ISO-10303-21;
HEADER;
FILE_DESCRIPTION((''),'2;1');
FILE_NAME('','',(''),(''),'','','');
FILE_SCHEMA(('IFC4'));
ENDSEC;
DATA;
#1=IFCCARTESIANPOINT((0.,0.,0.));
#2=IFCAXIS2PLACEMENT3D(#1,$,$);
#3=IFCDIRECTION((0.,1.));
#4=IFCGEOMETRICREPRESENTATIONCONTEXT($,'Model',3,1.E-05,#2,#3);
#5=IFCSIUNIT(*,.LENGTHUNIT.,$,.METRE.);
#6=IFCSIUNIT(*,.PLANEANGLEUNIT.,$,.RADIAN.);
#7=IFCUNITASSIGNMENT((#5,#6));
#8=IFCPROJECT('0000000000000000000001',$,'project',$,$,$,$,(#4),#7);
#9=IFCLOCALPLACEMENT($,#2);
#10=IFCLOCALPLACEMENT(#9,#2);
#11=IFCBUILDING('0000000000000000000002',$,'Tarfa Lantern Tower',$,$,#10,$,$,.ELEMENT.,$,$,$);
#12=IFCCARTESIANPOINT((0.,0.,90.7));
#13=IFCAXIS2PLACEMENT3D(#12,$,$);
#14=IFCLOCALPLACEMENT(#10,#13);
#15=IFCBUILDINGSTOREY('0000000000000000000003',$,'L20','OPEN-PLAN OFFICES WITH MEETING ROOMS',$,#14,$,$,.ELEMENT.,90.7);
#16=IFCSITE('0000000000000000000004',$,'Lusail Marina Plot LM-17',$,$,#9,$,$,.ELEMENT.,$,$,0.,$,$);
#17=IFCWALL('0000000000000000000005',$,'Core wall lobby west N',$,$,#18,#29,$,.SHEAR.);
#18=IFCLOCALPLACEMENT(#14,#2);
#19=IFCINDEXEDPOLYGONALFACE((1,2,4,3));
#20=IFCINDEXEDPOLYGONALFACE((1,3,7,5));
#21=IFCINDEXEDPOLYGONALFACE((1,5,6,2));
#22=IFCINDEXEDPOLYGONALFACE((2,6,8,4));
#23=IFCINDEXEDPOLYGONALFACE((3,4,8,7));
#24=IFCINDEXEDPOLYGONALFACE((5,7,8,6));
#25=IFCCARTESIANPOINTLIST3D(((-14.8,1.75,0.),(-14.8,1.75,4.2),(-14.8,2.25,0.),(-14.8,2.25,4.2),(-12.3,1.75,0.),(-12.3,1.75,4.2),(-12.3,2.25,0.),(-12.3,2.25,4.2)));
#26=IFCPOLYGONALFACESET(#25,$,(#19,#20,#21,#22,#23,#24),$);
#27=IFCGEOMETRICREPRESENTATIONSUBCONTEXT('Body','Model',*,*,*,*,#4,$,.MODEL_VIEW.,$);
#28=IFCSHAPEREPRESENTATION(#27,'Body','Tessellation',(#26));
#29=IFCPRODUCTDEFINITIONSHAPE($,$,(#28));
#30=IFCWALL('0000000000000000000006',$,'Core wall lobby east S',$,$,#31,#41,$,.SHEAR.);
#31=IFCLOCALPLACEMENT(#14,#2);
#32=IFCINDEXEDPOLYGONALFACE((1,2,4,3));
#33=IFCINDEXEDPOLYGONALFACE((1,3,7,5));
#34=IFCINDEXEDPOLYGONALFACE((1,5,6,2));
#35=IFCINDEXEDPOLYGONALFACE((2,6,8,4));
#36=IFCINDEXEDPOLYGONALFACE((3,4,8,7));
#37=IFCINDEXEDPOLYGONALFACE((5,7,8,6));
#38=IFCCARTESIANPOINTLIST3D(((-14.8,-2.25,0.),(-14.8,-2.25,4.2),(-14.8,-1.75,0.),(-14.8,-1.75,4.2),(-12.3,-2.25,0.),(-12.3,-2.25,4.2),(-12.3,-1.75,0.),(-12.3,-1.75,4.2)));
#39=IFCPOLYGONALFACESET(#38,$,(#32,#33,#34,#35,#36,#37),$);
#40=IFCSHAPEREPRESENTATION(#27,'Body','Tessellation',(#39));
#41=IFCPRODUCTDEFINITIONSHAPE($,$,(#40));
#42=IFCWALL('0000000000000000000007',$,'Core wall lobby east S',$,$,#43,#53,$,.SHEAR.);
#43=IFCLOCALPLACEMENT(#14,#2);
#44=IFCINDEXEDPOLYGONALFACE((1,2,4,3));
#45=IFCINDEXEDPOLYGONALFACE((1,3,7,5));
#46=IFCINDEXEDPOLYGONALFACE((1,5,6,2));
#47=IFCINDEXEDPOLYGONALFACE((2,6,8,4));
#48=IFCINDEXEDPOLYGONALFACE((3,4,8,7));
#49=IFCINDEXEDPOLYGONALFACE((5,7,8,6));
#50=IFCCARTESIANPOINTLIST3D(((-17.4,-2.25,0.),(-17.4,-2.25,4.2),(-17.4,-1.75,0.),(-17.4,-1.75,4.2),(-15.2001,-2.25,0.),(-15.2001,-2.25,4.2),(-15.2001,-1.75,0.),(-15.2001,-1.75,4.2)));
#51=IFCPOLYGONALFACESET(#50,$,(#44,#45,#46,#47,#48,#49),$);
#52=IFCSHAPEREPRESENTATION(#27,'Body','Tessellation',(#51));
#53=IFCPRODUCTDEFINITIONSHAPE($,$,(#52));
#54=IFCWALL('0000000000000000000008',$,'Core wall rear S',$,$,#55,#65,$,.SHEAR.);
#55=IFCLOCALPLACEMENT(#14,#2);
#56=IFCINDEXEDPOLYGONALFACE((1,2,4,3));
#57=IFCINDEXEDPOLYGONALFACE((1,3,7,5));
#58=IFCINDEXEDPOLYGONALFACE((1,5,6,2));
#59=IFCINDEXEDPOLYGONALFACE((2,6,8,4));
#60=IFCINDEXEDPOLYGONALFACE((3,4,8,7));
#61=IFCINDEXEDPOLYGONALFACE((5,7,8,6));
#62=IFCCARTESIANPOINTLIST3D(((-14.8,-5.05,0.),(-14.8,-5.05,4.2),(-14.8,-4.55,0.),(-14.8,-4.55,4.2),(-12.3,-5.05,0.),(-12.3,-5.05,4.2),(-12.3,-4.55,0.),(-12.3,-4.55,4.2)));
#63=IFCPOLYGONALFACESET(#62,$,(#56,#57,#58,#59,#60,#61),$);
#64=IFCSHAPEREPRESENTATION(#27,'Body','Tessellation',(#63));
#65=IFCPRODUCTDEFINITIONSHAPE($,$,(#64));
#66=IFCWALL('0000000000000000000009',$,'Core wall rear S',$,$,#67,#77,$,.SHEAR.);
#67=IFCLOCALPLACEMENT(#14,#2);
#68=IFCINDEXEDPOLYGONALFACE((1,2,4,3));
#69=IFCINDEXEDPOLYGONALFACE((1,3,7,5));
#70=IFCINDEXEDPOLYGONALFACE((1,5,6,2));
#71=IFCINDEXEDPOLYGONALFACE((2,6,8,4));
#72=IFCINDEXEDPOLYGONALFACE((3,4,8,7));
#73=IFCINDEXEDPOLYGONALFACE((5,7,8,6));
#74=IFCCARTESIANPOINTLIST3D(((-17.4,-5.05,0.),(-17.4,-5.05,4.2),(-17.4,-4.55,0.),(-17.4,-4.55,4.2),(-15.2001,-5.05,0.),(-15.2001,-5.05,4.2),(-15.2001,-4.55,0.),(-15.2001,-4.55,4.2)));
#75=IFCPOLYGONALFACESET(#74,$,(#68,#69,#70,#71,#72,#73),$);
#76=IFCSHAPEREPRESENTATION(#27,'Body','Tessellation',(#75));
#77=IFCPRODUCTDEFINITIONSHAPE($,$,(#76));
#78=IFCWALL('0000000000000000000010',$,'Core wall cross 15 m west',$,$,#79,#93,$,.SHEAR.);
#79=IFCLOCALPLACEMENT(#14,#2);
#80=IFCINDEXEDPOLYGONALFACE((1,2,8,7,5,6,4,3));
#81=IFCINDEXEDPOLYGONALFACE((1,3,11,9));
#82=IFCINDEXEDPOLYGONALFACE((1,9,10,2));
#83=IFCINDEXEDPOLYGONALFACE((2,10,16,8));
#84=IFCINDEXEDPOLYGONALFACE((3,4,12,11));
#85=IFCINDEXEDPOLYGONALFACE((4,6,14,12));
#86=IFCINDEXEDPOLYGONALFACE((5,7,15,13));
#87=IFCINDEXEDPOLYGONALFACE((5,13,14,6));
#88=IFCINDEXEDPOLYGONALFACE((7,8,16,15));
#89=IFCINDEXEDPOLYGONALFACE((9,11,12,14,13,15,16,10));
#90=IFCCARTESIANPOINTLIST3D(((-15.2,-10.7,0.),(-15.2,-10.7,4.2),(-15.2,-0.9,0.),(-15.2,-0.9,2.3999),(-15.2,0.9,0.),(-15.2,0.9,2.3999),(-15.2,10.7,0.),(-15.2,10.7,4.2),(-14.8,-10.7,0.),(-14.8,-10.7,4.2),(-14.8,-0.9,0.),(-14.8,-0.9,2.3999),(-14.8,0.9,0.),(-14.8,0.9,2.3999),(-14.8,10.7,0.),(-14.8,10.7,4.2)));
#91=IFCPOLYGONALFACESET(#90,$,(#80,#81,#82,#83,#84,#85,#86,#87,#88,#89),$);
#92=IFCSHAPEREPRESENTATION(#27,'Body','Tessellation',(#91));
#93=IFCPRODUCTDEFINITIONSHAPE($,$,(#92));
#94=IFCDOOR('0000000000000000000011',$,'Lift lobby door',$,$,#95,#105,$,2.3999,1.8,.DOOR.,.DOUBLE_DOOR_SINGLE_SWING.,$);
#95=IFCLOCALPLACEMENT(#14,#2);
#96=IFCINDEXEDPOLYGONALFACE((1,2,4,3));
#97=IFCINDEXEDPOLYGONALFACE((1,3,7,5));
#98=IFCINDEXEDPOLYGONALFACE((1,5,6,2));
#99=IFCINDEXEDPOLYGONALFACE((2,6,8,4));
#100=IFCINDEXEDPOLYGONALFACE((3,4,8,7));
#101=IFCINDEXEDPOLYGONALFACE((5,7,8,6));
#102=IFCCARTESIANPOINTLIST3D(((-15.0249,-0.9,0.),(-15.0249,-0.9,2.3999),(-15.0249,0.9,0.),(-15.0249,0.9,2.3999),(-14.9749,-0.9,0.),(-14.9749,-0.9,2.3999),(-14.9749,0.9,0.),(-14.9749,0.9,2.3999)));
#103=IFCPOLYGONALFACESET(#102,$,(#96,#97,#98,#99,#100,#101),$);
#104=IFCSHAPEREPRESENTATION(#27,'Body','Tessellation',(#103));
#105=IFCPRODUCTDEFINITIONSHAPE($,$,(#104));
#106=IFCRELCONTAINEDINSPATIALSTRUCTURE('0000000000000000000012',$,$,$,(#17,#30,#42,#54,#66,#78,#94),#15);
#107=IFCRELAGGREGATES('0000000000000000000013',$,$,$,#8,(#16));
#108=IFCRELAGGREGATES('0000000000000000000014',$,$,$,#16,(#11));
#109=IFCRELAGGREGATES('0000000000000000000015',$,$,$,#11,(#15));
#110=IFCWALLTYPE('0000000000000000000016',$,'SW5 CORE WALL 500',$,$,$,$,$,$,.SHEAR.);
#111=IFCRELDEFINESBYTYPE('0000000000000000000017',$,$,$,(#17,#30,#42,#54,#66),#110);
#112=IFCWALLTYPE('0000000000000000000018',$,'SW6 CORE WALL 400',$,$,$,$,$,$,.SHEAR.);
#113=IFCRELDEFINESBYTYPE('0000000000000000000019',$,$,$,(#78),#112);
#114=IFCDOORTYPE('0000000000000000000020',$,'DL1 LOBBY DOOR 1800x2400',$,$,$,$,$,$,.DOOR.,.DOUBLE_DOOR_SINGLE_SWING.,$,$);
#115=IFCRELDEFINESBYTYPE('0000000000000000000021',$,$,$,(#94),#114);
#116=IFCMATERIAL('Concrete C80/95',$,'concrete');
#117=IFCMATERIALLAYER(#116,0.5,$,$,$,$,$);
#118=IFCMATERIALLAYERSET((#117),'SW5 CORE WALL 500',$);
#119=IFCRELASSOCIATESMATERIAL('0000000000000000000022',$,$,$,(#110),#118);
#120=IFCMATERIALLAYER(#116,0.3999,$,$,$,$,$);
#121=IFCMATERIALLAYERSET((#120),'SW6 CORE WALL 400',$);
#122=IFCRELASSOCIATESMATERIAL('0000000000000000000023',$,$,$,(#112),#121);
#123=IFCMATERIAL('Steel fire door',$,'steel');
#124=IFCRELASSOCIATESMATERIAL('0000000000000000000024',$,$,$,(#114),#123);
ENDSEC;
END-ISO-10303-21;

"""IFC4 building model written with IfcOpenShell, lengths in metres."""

from ifc_helpers import new_model, si_unit, direction, frame, frame_2d, origin, place, context, subcontext, project, spatial, rectangle, extrude, material, layer, layer_set, type_object, element, fill, save


model = new_model("IFC4")

# Units and contexts
model_context = context("Model", 3, precision=1e-05, world=origin(), true_north=direction((0.0, 1.0)))
body_context = subcontext(model_context, "Body", "Model", "MODEL_VIEW")
ifc_project = project(units=[si_unit("LENGTHUNIT", "METRE"), si_unit("PLANEANGLEUNIT", "RADIAN")], contexts=[model_context])

# Site, building, storey
site_placement = place(None, origin())
site = spatial("IfcSite", under=ifc_project, at=site_placement, Name="Lusail Marina Plot LM-17", CompositionType="ELEMENT", RefElevation=0.0)
building_placement = place(site_placement, origin())
building = spatial("IfcBuilding", under=site, at=building_placement, Name="Tarfa Lantern Tower", CompositionType="ELEMENT")
storey_placement = place(building_placement, frame((0.0, 0.0, 90.7)))
storey = spatial("IfcBuildingStorey", under=building, at=storey_placement, Name="L20", Description="OPEN-PLAN OFFICES WITH MEETING ROOMS", CompositionType="ELEMENT", Elevation=90.7)

# Walls
ifc_material_1 = material(Name="Concrete C80/95", Category="concrete")
ifc_layer_1 = layer(ifc_material_1, 0.5)
ifc_layer_set_1 = layer_set([ifc_layer_1], Name="SW5 CORE WALL 500")
wall_type_1 = type_object("IfcWallType", Name="SW5 CORE WALL 500", PredefinedType="SHEAR", material=ifc_layer_set_1)
for number, where, z_axis, x_axis, name in (
    (1, (-14.8, 2.0, 0.0), (0.0, 0.0, 1.0), (1.0, 0.0, 0.0), "Core wall lobby west N"),
    (2, (-12.3, -2.0, 0.0), (0.0, 0.0, 1.0), (-1.0, 0.0, 0.0), "Core wall lobby east S"),
):
    element("IfcWall", number, at=place(storey_placement, frame(where, z_axis=z_axis, x_axis=x_axis)), inside=storey, type_object=wall_type_1, Name=name, PredefinedType="SHEAR", context=body_context, shape_type="SweptSolid", body=[
        extrude(rectangle(XDim=2.5, YDim=0.5, at=frame_2d((1.25, 0.0))), origin(), (0.0, 0.0, 1.0), 4.2),
    ])
wall_1_placement = place(storey_placement, frame((-15.2, -2.0, 0.0), z_axis=(0.0, 0.0, 1.0), x_axis=(-1.0, 0.0, 0.0)))
element("IfcWall", 3, at=wall_1_placement, inside=storey, type_object=wall_type_1, Name="Core wall lobby east S", PredefinedType="SHEAR", context=body_context, shape_type="SweptSolid", body=[
    extrude(rectangle(XDim=2.2, YDim=0.5, at=frame_2d((1.1001, 0.0))), origin(), (0.0, 0.0, 1.0), 4.2),
])
wall_2_placement = place(storey_placement, frame((-12.3, -4.8, 0.0), z_axis=(0.0, 0.0, 1.0), x_axis=(-1.0, 0.0, 0.0)))
element("IfcWall", 4, at=wall_2_placement, inside=storey, type_object=wall_type_1, Name="Core wall rear S", PredefinedType="SHEAR", context=body_context, shape_type="SweptSolid", body=[
    extrude(rectangle(XDim=2.5, YDim=0.5, at=frame_2d((1.25, 0.0))), origin(), (0.0, 0.0, 1.0), 4.2),
])
wall_3_placement = place(storey_placement, frame((-15.2, -4.8, 0.0), z_axis=(0.0, 0.0, 1.0), x_axis=(-1.0, 0.0, 0.0)))
element("IfcWall", 5, at=wall_3_placement, inside=storey, type_object=wall_type_1, Name="Core wall rear S", PredefinedType="SHEAR", context=body_context, shape_type="SweptSolid", body=[
    extrude(rectangle(XDim=2.2, YDim=0.5, at=frame_2d((1.1001, 0.0))), origin(), (0.0, 0.0, 1.0), 4.2),
])

# Wall, opening, door
ifc_layer_2 = layer(ifc_material_1, 0.3999)
ifc_layer_set_2 = layer_set([ifc_layer_2], Name="SW6 CORE WALL 400")
wall_type_2 = type_object("IfcWallType", Name="SW6 CORE WALL 400", PredefinedType="SHEAR", material=ifc_layer_set_2)
wall_4_placement = place(storey_placement, frame((-15.0, -10.7, 0.0), z_axis=(0.0, 0.0, 1.0), x_axis=(0.0, 1.0, 0.0)))
wall_4 = element("IfcWall", 6, at=wall_4_placement, inside=storey, type_object=wall_type_2, Name="Core wall cross 15 m west", PredefinedType="SHEAR", context=body_context, shape_type="SweptSolid", body=[
    extrude(rectangle(XDim=21.3999, YDim=0.3999, at=frame_2d((10.7, 0.0))), origin(), (0.0, 0.0, 1.0), 4.2),
])
opening_1_placement = place(wall_4_placement, frame((9.8, 0.0, 0.0)))
opening_1 = element("IfcOpeningElement", 7, at=opening_1_placement, cuts=wall_4, PredefinedType="OPENING", context=body_context, shape_type="SweptSolid", body=[
    extrude(rectangle(XDim=1.8, YDim=2.3999, at=frame_2d((0.8999, 1.2))), frame((0.0, 0.21, 0.0), z_axis=(0.0, -1.0, 0.0), x_axis=(1.0, 0.0, 0.0)), (0.0, 0.0, 1.0), 0.4199),
])
ifc_material_2 = material(Name="Steel fire door", Category="steel")
door_type_1 = type_object("IfcDoorType", Name="DL1 LOBBY DOOR 1800x2400", OperationType="DOUBLE_DOOR_SINGLE_SWING", PredefinedType="DOOR", material=ifc_material_2)
door_1_placement = place(opening_1_placement, origin())
door_1 = element("IfcDoor", 8, at=door_1_placement, inside=storey, type_object=door_type_1, Name="Lift lobby door", OperationType="DOUBLE_DOOR_SINGLE_SWING", OverallHeight=2.3999, OverallWidth=1.8, PredefinedType="DOOR", context=body_context, shape_type="SweptSolid", body=[
    extrude(rectangle(XDim=1.8, YDim=2.3999, at=frame_2d((0.8999, 1.2))), frame((0.0, 0.0249, 0.0), z_axis=(0.0, -1.0, 0.0), x_axis=(1.0, 0.0, 0.0)), (0.0, 0.0, 1.0), 0.05),
])
fill(opening_1, door_1)

save(model, "model.ifc")
